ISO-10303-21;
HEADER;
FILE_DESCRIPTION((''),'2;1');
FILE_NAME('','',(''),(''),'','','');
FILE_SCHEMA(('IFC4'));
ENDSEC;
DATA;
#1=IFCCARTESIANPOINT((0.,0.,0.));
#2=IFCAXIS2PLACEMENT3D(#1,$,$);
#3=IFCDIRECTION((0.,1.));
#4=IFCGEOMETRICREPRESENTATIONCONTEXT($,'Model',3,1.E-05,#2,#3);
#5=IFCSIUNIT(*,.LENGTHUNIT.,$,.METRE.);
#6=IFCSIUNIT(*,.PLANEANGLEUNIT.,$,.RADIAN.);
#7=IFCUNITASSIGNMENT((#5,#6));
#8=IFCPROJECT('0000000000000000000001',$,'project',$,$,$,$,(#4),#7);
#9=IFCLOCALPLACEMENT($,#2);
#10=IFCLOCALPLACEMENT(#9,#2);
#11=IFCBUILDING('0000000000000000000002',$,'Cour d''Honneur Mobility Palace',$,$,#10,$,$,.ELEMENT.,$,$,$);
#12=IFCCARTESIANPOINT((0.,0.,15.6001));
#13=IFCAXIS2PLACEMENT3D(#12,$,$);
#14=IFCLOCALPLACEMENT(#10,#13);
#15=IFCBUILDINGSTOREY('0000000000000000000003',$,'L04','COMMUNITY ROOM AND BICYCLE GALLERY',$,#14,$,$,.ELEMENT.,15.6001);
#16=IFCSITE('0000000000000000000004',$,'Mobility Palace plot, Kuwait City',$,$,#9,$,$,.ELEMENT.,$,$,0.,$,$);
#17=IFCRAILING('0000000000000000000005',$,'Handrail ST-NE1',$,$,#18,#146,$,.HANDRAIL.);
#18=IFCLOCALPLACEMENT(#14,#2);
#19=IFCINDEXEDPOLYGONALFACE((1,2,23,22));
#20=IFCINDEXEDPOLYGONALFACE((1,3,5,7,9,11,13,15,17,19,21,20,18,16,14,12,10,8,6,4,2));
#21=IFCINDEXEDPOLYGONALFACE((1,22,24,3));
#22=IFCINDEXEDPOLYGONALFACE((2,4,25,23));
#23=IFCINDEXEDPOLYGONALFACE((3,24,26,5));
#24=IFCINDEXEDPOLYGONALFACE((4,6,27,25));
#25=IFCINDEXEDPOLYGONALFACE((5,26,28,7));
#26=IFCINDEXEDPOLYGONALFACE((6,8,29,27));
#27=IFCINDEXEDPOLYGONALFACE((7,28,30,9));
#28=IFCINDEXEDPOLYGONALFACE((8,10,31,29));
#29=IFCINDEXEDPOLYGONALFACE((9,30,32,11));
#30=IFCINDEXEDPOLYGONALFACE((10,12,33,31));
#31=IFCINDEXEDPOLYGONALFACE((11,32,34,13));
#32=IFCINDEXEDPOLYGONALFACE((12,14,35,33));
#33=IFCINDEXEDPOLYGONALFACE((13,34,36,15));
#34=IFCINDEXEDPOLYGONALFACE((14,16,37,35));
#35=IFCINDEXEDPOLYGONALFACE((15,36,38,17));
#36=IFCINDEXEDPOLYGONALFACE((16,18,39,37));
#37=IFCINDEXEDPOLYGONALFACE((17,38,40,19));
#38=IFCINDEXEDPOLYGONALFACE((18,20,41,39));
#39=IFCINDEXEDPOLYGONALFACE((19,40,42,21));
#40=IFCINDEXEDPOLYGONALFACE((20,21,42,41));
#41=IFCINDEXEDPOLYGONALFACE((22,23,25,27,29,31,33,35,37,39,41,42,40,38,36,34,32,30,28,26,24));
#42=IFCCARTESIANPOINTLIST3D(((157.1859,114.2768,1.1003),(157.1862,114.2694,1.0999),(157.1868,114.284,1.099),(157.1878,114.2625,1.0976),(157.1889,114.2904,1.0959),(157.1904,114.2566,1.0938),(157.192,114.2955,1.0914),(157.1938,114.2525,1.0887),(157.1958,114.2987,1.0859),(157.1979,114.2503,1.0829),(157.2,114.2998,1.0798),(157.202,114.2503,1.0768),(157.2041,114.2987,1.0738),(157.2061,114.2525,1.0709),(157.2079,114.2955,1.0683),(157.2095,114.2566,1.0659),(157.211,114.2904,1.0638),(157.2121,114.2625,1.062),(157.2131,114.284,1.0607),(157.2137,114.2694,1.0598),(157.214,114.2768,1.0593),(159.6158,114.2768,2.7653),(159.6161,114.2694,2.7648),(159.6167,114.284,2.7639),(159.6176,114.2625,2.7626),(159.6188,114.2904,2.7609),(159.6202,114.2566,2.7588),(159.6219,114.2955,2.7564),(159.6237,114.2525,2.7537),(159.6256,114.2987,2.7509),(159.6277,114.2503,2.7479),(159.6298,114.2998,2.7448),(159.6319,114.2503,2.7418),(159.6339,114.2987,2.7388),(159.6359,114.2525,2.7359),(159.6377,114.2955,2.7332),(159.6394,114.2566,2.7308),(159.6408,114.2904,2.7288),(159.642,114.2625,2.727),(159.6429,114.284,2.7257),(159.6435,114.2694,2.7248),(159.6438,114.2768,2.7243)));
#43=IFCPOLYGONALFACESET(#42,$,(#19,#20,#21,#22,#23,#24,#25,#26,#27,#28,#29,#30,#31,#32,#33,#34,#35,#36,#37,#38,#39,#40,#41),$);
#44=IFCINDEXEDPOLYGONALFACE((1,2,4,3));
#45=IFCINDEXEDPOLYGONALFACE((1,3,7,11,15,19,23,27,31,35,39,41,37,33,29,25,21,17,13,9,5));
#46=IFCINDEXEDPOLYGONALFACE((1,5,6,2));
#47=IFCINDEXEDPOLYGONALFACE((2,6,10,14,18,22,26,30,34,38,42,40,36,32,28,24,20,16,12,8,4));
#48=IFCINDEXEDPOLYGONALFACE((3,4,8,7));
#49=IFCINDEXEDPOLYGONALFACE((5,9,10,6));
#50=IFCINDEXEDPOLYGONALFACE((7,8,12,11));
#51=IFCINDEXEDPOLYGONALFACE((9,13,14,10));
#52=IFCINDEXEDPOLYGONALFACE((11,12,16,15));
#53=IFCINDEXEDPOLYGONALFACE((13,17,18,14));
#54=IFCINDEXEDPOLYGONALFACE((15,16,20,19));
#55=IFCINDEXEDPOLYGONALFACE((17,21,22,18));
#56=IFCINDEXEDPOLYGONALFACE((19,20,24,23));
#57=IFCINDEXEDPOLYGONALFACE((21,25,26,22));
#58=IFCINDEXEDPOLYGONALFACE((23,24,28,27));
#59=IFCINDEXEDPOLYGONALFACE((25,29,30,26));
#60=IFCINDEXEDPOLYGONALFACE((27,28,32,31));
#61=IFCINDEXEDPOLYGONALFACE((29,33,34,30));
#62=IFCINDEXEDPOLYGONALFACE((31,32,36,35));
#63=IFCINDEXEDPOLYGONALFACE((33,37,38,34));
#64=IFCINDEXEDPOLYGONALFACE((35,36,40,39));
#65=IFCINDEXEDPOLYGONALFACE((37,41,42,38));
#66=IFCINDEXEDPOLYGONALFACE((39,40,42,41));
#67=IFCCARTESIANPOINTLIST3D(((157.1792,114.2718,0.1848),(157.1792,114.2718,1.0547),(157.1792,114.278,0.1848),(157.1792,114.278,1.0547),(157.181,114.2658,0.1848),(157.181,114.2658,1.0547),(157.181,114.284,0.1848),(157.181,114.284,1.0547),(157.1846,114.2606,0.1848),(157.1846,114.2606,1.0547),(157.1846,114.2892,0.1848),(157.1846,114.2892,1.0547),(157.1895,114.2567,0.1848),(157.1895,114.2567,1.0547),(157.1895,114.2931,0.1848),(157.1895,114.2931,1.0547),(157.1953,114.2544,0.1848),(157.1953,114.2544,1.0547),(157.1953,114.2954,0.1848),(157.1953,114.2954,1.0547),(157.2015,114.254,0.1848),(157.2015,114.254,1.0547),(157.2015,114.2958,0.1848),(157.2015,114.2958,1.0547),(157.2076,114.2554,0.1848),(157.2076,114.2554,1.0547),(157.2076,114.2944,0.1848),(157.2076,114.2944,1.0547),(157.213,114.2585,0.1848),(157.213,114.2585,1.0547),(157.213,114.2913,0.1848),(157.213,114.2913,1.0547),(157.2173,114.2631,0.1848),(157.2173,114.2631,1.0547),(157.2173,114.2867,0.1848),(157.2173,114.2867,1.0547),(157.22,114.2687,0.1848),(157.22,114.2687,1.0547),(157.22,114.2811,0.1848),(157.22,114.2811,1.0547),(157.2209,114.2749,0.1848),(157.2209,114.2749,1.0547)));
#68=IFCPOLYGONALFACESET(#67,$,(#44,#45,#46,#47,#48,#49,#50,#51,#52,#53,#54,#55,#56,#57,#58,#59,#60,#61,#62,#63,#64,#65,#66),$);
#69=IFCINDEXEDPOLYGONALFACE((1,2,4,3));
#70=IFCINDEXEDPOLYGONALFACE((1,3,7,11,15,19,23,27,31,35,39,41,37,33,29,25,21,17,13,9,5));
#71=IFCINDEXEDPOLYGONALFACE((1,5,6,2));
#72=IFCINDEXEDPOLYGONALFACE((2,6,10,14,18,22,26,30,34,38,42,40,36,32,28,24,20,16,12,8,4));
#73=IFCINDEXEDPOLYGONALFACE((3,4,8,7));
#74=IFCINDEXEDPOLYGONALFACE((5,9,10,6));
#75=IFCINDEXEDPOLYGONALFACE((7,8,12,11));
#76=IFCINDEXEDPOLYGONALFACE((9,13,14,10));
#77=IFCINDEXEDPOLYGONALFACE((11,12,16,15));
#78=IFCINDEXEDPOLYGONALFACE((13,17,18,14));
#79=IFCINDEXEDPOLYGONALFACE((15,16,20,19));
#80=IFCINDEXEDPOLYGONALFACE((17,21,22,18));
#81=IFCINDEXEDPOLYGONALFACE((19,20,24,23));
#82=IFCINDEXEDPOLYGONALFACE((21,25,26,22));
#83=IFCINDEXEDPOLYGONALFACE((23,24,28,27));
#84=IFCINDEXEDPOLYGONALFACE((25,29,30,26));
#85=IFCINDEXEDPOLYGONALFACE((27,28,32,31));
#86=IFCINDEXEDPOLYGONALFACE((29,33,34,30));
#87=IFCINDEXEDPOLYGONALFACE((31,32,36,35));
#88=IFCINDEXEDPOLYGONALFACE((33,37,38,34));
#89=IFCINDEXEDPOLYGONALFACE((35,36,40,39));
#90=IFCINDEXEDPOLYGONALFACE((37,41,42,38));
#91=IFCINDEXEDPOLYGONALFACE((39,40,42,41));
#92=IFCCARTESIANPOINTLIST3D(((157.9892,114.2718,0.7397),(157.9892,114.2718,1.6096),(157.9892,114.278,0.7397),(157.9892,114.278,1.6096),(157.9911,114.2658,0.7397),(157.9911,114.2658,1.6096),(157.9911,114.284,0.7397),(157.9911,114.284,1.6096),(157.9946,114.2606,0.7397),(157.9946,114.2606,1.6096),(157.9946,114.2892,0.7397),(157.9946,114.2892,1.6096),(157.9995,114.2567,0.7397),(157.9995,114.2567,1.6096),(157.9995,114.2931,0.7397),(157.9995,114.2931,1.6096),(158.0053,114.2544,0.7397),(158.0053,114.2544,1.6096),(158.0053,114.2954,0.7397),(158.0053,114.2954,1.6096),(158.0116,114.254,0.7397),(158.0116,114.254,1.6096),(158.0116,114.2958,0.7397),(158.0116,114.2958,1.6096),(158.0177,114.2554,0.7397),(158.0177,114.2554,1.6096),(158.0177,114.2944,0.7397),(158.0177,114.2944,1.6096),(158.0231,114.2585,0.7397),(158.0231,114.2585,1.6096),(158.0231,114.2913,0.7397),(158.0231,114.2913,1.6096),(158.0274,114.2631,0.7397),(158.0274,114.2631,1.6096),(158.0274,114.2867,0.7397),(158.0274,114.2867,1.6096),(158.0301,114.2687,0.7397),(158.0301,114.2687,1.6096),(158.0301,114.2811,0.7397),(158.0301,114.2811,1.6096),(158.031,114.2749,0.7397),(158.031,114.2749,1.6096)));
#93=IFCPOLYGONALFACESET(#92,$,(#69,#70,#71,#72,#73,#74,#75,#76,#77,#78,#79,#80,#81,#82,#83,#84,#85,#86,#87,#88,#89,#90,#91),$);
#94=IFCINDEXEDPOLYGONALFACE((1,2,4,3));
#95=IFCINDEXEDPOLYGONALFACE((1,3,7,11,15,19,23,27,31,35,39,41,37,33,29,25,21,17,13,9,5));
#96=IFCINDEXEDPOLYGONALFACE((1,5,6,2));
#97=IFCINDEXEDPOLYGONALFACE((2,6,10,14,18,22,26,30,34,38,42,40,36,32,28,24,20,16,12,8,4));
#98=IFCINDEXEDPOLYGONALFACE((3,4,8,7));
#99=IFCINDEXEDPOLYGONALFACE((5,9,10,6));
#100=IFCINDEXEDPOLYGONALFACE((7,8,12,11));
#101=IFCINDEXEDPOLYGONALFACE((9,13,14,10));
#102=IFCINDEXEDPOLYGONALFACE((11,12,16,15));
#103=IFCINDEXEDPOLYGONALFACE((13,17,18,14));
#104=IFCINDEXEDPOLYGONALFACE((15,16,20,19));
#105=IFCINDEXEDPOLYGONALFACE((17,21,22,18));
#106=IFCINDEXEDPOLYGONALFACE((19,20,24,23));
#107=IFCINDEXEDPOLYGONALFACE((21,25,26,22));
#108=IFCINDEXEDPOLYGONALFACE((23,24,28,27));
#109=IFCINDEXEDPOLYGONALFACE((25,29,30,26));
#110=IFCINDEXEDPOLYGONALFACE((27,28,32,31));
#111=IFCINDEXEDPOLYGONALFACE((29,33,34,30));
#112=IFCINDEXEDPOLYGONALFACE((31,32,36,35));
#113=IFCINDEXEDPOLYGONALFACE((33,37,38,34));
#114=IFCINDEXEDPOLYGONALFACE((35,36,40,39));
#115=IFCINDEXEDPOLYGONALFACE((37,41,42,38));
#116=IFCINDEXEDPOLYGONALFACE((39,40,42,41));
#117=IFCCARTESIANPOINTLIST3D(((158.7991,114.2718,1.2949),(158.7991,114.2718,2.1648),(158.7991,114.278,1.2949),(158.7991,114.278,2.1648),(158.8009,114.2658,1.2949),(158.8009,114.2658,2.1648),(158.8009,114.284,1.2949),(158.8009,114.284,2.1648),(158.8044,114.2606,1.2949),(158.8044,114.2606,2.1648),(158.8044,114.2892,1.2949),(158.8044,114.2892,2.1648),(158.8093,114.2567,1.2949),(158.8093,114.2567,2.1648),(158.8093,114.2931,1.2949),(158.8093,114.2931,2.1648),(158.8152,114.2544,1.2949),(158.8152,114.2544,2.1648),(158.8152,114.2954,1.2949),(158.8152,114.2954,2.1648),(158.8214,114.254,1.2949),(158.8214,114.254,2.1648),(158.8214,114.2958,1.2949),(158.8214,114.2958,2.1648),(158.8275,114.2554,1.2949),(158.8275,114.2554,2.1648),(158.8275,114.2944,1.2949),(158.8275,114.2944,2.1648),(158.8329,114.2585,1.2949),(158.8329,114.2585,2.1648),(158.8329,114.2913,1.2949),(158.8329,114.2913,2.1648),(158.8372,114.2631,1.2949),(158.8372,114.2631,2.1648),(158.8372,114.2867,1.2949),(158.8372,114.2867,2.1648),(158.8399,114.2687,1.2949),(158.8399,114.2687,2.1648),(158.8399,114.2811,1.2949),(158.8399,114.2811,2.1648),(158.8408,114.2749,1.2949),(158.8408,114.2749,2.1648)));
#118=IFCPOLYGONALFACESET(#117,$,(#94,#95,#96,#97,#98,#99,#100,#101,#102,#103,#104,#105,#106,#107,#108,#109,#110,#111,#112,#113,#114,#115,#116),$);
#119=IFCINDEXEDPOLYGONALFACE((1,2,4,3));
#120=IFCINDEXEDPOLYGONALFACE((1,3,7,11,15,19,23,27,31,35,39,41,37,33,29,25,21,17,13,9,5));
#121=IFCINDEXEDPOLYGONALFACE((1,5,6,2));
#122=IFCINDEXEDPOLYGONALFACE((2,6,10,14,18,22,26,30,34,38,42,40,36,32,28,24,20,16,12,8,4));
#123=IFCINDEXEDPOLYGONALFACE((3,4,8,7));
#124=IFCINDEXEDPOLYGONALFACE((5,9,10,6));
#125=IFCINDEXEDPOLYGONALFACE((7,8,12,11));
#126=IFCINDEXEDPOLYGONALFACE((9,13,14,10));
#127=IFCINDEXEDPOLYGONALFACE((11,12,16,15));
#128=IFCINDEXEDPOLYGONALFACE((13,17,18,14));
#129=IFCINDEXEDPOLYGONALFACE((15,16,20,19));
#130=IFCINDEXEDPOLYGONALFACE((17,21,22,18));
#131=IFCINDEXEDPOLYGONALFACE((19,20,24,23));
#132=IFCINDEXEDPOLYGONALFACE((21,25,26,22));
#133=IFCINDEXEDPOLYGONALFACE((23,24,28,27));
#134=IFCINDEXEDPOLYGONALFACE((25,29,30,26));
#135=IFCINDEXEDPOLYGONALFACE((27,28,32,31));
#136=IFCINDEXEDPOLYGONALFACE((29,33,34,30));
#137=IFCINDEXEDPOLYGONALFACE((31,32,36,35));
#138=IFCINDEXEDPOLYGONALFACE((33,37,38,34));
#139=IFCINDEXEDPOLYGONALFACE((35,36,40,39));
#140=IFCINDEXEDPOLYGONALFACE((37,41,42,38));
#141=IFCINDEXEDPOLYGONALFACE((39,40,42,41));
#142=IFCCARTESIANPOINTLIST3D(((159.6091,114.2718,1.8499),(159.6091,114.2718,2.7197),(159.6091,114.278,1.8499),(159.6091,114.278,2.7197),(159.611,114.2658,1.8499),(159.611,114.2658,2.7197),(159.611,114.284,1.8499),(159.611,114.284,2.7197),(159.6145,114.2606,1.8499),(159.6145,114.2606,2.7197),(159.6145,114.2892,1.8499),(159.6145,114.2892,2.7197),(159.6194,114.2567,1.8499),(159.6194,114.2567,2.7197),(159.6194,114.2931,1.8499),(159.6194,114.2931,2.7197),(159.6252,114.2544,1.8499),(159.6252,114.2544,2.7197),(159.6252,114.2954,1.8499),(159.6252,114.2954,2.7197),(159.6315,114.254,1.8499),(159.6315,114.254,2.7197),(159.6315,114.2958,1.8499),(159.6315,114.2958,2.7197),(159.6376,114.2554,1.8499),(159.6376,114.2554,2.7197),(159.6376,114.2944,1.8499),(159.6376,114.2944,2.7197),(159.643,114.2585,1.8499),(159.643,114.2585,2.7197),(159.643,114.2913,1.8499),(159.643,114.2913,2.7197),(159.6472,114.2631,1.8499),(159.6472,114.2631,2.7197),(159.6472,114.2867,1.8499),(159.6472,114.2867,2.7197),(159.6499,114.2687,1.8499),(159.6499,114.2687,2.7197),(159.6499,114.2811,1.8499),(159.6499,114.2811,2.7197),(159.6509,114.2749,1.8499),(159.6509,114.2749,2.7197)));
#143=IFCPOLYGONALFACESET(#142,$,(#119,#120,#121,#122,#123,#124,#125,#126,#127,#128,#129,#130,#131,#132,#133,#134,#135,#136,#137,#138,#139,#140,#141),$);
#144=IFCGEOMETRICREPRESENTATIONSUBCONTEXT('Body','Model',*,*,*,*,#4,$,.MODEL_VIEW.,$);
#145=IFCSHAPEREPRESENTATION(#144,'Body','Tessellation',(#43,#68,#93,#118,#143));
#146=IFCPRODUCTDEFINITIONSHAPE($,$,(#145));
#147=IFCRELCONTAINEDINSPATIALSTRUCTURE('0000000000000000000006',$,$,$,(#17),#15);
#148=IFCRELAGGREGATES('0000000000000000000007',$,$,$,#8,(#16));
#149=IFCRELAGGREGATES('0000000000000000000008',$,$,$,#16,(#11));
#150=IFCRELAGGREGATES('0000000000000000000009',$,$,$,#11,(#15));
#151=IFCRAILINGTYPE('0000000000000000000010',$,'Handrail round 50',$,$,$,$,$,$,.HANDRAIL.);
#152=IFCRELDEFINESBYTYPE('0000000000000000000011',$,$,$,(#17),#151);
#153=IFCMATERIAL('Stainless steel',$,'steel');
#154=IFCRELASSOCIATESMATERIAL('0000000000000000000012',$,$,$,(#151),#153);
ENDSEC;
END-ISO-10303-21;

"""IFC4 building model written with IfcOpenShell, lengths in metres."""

from ifc_helpers import new_model, si_unit, direction, frame, origin, origin_2d, place, context, subcontext, project, spatial, circle, extrude, material, type_object, element, save


model = new_model("IFC4")

# Units and contexts
model_context = context("Model", 3, precision=1e-05, world=origin(), true_north=direction((0.0, 1.0)))
body_context = subcontext(model_context, "Body", "Model", "MODEL_VIEW")
ifc_project = project(units=[si_unit("LENGTHUNIT", "METRE"), si_unit("PLANEANGLEUNIT", "RADIAN")], contexts=[model_context])

# Site, building, storey
site_placement = place(None, origin())
site = spatial("IfcSite", under=ifc_project, at=site_placement, Name="Mobility Palace plot, Kuwait City", CompositionType="ELEMENT", RefElevation=0.0)
building_placement = place(site_placement, origin())
building = spatial("IfcBuilding", under=site, at=building_placement, Name="Cour d'Honneur Mobility Palace", CompositionType="ELEMENT")
storey_placement = place(building_placement, frame((0.0, 0.0, 15.6001)))
storey = spatial("IfcBuildingStorey", under=building, at=storey_placement, Name="L04", Description="COMMUNITY ROOM AND BICYCLE GALLERY", CompositionType="ELEMENT", Elevation=15.6001)

# Railing
ifc_material_1 = material(Name="Stainless steel", Category="steel")
railing_type_1 = type_object("IfcRailingType", Name="Handrail round 50", PredefinedType="HANDRAIL", material=ifc_material_1)
for number, where, name in (
    (1, (157.2, 114.2749, 0.1848), "Handrail ST-NE1"),
):
    element("IfcRailing", number, at=place(storey_placement, frame(where)), inside=storey, type_object=railing_type_1, Name=name, PredefinedType="HANDRAIL", context=body_context, shape_type="SweptSolid", body=[
        extrude(circle(Radius=0.0249, at=origin_2d()), frame((0.0, 0.0, 0.895), z_axis=(0.824919, 0.0, 0.565251), x_axis=(0.0, 1.0, 0.0)), (0.0, 0.0, 1.0), 2.9456),
        extrude(circle(Radius=0.021, at=origin_2d()), origin(), (0.0, 0.0, 1.0), 0.8699),
        extrude(circle(Radius=0.021, at=origin_2d()), frame((0.8101, 0.0, 0.5549)), (0.0, 0.0, 1.0), 0.8699),
        extrude(circle(Radius=0.021, at=origin_2d()), frame((1.6199, 0.0, 1.1101)), (0.0, 0.0, 1.0), 0.8699),
        extrude(circle(Radius=0.021, at=origin_2d()), frame((2.4299, 0.0, 1.665)), (0.0, 0.0, 1.0), 0.8699),
    ])

save(model, "model.ifc")
